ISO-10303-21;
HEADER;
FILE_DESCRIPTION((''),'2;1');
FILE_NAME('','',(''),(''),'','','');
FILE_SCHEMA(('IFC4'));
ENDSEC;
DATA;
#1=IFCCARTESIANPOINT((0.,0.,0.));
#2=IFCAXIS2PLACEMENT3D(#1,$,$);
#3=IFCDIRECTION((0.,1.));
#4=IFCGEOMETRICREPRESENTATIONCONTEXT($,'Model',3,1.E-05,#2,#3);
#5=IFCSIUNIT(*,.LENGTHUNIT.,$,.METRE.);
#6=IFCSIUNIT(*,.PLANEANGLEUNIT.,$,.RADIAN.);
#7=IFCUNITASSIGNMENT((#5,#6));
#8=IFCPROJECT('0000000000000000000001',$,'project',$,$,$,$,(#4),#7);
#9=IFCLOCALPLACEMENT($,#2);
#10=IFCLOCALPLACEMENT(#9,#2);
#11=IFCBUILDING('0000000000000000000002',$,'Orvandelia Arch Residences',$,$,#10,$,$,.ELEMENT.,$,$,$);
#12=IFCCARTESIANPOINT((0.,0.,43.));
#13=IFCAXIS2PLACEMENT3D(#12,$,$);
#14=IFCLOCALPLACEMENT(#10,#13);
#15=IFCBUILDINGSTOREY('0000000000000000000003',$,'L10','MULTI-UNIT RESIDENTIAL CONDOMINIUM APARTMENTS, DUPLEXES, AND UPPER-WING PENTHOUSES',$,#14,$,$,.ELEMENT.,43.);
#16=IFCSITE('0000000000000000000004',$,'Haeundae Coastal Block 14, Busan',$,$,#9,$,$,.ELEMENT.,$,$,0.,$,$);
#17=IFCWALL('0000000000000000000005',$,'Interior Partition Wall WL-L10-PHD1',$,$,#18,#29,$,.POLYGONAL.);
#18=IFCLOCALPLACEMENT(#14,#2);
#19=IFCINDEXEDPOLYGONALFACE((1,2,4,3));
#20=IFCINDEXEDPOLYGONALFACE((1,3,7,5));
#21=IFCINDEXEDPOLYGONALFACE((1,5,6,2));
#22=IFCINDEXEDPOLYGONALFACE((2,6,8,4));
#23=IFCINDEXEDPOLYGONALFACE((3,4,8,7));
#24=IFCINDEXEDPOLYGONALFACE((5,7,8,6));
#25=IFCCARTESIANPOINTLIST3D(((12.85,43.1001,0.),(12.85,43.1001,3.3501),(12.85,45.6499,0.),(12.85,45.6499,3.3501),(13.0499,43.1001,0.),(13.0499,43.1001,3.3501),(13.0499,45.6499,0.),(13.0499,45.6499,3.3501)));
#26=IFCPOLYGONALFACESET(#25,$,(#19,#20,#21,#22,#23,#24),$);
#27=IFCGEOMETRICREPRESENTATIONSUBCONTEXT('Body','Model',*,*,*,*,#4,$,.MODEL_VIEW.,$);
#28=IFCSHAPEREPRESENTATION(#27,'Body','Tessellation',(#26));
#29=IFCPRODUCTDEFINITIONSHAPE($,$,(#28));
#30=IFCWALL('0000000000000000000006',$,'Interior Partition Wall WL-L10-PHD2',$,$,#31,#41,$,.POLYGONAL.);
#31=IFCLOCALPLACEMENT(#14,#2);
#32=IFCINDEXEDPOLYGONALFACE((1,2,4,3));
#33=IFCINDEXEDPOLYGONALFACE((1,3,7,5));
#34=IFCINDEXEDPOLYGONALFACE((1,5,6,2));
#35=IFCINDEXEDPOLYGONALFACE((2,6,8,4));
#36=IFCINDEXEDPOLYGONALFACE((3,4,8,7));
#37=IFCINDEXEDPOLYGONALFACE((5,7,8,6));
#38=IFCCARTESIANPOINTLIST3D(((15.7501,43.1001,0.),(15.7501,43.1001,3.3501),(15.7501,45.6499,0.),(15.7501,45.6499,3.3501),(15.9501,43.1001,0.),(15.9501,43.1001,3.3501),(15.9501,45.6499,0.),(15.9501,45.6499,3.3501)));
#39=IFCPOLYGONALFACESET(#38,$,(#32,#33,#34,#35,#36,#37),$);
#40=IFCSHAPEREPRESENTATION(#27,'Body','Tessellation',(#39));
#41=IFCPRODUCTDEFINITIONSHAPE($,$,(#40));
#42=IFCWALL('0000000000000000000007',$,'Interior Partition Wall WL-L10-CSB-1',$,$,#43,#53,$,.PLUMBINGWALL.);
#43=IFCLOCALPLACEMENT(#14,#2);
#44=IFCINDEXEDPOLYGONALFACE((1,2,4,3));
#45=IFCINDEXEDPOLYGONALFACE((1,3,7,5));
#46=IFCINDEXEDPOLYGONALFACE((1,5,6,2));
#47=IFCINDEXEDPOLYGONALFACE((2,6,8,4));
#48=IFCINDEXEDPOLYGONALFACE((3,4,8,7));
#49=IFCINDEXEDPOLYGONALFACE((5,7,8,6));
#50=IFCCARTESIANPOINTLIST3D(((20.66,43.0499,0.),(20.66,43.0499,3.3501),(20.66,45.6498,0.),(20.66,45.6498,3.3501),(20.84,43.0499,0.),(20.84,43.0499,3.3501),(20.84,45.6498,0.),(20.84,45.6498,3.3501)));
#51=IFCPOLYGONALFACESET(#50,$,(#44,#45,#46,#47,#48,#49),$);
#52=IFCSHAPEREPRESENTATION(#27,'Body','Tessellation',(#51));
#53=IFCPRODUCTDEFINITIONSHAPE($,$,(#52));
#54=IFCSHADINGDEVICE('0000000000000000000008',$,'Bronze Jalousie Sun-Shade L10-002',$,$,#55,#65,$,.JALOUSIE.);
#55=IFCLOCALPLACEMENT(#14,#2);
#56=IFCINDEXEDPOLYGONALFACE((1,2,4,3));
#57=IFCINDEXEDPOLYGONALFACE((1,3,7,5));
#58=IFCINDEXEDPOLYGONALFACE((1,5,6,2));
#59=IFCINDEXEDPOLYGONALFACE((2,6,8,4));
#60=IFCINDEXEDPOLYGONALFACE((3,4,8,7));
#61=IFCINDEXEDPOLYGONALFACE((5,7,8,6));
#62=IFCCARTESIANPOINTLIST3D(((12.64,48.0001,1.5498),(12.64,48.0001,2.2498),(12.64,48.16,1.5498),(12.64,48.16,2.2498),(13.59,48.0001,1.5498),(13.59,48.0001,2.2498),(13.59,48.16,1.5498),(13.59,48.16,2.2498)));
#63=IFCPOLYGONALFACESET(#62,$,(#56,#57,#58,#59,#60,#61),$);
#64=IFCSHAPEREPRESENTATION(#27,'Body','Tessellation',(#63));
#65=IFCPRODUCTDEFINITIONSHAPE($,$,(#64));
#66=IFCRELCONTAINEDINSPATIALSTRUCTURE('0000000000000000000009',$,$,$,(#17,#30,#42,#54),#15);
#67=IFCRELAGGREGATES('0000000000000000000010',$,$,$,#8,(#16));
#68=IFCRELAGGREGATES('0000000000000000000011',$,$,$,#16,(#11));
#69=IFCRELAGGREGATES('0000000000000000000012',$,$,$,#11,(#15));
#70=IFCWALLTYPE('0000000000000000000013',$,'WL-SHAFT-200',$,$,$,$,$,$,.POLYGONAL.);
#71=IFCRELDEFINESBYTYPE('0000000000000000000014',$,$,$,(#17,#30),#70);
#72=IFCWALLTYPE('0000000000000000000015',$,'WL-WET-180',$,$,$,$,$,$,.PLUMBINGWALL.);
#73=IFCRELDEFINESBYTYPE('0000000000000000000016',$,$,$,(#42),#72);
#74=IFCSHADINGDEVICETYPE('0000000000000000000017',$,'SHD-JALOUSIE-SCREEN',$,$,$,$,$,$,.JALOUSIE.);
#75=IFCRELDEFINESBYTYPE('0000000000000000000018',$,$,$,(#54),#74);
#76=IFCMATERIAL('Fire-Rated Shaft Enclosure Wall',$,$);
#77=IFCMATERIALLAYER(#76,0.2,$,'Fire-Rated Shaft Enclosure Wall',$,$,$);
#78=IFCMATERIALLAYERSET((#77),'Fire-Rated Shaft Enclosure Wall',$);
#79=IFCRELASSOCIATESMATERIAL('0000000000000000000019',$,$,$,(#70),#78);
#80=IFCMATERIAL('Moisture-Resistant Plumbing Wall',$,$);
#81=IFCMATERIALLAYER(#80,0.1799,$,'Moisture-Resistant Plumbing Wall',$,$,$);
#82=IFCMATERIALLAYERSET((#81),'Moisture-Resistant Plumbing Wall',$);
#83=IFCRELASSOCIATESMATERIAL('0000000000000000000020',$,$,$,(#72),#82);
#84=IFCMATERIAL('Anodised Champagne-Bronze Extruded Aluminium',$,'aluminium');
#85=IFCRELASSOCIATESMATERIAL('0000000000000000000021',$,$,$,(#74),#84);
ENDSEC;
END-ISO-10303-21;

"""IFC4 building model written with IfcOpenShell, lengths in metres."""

from ifc_helpers import new_model, si_unit, direction, frame, frame_2d, origin, origin_2d, place, context, subcontext, project, spatial, rectangle, extrude, material, layer, layer_set, type_object, element, save


model = new_model("IFC4")

# Units and contexts
model_context = context("Model", 3, precision=1e-05, world=origin(), true_north=direction((0.0, 1.0)))
body_context = subcontext(model_context, "Body", "Model", "MODEL_VIEW")
ifc_project = project(units=[si_unit("LENGTHUNIT", "METRE"), si_unit("PLANEANGLEUNIT", "RADIAN")], contexts=[model_context])

# Site, building, storey
site_placement = place(None, origin())
site = spatial("IfcSite", under=ifc_project, at=site_placement, Name="Haeundae Coastal Block 14, Busan", CompositionType="ELEMENT", RefElevation=0.0)
building_placement = place(site_placement, origin())
building = spatial("IfcBuilding", under=site, at=building_placement, Name="Orvandelia Arch Residences", CompositionType="ELEMENT")
storey_placement = place(building_placement, frame((0.0, 0.0, 43.0)))
storey = spatial("IfcBuildingStorey", under=building, at=storey_placement, Name="L10", Description="MULTI-UNIT RESIDENTIAL CONDOMINIUM APARTMENTS, DUPLEXES, AND UPPER-WING PENTHOUSES", CompositionType="ELEMENT", Elevation=43.0)

# Shared definitions
ifc_material_1 = material(Name="Fire-Rated Shaft Enclosure Wall")
ifc_layer_1 = layer(ifc_material_1, 0.2, Name="Fire-Rated Shaft Enclosure Wall")
ifc_layer_set_1 = layer_set([ifc_layer_1], Name="Fire-Rated Shaft Enclosure Wall")
wall_type_1 = type_object("IfcWallType", Name="WL-SHAFT-200", PredefinedType="POLYGONAL", material=ifc_layer_set_1)

# Walls
for number, where, z_axis, x_axis, name in (
    (1, (12.95, 43.1001, 0.0), (0.0, 0.0, 1.0), (0.0, 1.0, 0.0), "Interior Partition Wall WL-L10-PHD1"),
    (2, (15.8501, 43.1001, 0.0), (0.0, 0.0, 1.0), (0.0, 1.0, 0.0), "Interior Partition Wall WL-L10-PHD2"),
):
    element("IfcWall", number, at=place(storey_placement, frame(where, z_axis=z_axis, x_axis=x_axis)), inside=storey, type_object=wall_type_1, Name=name, PredefinedType="POLYGONAL", context=body_context, shape_type="SweptSolid", body=[
        extrude(rectangle(XDim=2.5498, YDim=0.2, at=frame_2d((1.2749, 0.0))), origin(), (0.0, 0.0, 1.0), 3.3501),
    ])
ifc_material_2 = material(Name="Moisture-Resistant Plumbing Wall")
ifc_layer_2 = layer(ifc_material_2, 0.1799, Name="Moisture-Resistant Plumbing Wall")
ifc_layer_set_2 = layer_set([ifc_layer_2], Name="Moisture-Resistant Plumbing Wall")
wall_type_2 = type_object("IfcWallType", Name="WL-WET-180", PredefinedType="PLUMBINGWALL", material=ifc_layer_set_2)
wall_1_placement = place(storey_placement, frame((20.75, 43.05, 0.0), z_axis=(0.0, 0.0, 1.0), x_axis=(0.0, 1.0, 0.0)))
element("IfcWall", 3, at=wall_1_placement, inside=storey, type_object=wall_type_2, Name="Interior Partition Wall WL-L10-CSB-1", PredefinedType="PLUMBINGWALL", context=body_context, shape_type="SweptSolid", body=[
    extrude(rectangle(XDim=2.5999, YDim=0.1799, at=frame_2d((1.2998, 0.0))), origin(), (0.0, 0.0, 1.0), 3.3501),
])

# Shading device
ifc_material_3 = material(Name="Anodised Champagne-Bronze Extruded Aluminium", Category="aluminium")
shading_device_type = type_object("IfcShadingDeviceType", Name="SHD-JALOUSIE-SCREEN", PredefinedType="JALOUSIE", material=ifc_material_3)
shading_device_placement = place(storey_placement, frame((13.115, 48.0801, 1.5498), z_axis=(0.0, 0.0, 1.0), x_axis=(1.0, 0.0, 0.0)))
element("IfcShadingDevice", 4, at=shading_device_placement, inside=storey, type_object=shading_device_type, Name="Bronze Jalousie Sun-Shade L10-002", PredefinedType="JALOUSIE", context=body_context, shape_type="SweptSolid", body=[
    extrude(rectangle(XDim=0.95, YDim=0.1599, at=origin_2d()), origin(), (0.0, 0.0, 1.0), 0.7),
])

save(model, "model.ifc")
